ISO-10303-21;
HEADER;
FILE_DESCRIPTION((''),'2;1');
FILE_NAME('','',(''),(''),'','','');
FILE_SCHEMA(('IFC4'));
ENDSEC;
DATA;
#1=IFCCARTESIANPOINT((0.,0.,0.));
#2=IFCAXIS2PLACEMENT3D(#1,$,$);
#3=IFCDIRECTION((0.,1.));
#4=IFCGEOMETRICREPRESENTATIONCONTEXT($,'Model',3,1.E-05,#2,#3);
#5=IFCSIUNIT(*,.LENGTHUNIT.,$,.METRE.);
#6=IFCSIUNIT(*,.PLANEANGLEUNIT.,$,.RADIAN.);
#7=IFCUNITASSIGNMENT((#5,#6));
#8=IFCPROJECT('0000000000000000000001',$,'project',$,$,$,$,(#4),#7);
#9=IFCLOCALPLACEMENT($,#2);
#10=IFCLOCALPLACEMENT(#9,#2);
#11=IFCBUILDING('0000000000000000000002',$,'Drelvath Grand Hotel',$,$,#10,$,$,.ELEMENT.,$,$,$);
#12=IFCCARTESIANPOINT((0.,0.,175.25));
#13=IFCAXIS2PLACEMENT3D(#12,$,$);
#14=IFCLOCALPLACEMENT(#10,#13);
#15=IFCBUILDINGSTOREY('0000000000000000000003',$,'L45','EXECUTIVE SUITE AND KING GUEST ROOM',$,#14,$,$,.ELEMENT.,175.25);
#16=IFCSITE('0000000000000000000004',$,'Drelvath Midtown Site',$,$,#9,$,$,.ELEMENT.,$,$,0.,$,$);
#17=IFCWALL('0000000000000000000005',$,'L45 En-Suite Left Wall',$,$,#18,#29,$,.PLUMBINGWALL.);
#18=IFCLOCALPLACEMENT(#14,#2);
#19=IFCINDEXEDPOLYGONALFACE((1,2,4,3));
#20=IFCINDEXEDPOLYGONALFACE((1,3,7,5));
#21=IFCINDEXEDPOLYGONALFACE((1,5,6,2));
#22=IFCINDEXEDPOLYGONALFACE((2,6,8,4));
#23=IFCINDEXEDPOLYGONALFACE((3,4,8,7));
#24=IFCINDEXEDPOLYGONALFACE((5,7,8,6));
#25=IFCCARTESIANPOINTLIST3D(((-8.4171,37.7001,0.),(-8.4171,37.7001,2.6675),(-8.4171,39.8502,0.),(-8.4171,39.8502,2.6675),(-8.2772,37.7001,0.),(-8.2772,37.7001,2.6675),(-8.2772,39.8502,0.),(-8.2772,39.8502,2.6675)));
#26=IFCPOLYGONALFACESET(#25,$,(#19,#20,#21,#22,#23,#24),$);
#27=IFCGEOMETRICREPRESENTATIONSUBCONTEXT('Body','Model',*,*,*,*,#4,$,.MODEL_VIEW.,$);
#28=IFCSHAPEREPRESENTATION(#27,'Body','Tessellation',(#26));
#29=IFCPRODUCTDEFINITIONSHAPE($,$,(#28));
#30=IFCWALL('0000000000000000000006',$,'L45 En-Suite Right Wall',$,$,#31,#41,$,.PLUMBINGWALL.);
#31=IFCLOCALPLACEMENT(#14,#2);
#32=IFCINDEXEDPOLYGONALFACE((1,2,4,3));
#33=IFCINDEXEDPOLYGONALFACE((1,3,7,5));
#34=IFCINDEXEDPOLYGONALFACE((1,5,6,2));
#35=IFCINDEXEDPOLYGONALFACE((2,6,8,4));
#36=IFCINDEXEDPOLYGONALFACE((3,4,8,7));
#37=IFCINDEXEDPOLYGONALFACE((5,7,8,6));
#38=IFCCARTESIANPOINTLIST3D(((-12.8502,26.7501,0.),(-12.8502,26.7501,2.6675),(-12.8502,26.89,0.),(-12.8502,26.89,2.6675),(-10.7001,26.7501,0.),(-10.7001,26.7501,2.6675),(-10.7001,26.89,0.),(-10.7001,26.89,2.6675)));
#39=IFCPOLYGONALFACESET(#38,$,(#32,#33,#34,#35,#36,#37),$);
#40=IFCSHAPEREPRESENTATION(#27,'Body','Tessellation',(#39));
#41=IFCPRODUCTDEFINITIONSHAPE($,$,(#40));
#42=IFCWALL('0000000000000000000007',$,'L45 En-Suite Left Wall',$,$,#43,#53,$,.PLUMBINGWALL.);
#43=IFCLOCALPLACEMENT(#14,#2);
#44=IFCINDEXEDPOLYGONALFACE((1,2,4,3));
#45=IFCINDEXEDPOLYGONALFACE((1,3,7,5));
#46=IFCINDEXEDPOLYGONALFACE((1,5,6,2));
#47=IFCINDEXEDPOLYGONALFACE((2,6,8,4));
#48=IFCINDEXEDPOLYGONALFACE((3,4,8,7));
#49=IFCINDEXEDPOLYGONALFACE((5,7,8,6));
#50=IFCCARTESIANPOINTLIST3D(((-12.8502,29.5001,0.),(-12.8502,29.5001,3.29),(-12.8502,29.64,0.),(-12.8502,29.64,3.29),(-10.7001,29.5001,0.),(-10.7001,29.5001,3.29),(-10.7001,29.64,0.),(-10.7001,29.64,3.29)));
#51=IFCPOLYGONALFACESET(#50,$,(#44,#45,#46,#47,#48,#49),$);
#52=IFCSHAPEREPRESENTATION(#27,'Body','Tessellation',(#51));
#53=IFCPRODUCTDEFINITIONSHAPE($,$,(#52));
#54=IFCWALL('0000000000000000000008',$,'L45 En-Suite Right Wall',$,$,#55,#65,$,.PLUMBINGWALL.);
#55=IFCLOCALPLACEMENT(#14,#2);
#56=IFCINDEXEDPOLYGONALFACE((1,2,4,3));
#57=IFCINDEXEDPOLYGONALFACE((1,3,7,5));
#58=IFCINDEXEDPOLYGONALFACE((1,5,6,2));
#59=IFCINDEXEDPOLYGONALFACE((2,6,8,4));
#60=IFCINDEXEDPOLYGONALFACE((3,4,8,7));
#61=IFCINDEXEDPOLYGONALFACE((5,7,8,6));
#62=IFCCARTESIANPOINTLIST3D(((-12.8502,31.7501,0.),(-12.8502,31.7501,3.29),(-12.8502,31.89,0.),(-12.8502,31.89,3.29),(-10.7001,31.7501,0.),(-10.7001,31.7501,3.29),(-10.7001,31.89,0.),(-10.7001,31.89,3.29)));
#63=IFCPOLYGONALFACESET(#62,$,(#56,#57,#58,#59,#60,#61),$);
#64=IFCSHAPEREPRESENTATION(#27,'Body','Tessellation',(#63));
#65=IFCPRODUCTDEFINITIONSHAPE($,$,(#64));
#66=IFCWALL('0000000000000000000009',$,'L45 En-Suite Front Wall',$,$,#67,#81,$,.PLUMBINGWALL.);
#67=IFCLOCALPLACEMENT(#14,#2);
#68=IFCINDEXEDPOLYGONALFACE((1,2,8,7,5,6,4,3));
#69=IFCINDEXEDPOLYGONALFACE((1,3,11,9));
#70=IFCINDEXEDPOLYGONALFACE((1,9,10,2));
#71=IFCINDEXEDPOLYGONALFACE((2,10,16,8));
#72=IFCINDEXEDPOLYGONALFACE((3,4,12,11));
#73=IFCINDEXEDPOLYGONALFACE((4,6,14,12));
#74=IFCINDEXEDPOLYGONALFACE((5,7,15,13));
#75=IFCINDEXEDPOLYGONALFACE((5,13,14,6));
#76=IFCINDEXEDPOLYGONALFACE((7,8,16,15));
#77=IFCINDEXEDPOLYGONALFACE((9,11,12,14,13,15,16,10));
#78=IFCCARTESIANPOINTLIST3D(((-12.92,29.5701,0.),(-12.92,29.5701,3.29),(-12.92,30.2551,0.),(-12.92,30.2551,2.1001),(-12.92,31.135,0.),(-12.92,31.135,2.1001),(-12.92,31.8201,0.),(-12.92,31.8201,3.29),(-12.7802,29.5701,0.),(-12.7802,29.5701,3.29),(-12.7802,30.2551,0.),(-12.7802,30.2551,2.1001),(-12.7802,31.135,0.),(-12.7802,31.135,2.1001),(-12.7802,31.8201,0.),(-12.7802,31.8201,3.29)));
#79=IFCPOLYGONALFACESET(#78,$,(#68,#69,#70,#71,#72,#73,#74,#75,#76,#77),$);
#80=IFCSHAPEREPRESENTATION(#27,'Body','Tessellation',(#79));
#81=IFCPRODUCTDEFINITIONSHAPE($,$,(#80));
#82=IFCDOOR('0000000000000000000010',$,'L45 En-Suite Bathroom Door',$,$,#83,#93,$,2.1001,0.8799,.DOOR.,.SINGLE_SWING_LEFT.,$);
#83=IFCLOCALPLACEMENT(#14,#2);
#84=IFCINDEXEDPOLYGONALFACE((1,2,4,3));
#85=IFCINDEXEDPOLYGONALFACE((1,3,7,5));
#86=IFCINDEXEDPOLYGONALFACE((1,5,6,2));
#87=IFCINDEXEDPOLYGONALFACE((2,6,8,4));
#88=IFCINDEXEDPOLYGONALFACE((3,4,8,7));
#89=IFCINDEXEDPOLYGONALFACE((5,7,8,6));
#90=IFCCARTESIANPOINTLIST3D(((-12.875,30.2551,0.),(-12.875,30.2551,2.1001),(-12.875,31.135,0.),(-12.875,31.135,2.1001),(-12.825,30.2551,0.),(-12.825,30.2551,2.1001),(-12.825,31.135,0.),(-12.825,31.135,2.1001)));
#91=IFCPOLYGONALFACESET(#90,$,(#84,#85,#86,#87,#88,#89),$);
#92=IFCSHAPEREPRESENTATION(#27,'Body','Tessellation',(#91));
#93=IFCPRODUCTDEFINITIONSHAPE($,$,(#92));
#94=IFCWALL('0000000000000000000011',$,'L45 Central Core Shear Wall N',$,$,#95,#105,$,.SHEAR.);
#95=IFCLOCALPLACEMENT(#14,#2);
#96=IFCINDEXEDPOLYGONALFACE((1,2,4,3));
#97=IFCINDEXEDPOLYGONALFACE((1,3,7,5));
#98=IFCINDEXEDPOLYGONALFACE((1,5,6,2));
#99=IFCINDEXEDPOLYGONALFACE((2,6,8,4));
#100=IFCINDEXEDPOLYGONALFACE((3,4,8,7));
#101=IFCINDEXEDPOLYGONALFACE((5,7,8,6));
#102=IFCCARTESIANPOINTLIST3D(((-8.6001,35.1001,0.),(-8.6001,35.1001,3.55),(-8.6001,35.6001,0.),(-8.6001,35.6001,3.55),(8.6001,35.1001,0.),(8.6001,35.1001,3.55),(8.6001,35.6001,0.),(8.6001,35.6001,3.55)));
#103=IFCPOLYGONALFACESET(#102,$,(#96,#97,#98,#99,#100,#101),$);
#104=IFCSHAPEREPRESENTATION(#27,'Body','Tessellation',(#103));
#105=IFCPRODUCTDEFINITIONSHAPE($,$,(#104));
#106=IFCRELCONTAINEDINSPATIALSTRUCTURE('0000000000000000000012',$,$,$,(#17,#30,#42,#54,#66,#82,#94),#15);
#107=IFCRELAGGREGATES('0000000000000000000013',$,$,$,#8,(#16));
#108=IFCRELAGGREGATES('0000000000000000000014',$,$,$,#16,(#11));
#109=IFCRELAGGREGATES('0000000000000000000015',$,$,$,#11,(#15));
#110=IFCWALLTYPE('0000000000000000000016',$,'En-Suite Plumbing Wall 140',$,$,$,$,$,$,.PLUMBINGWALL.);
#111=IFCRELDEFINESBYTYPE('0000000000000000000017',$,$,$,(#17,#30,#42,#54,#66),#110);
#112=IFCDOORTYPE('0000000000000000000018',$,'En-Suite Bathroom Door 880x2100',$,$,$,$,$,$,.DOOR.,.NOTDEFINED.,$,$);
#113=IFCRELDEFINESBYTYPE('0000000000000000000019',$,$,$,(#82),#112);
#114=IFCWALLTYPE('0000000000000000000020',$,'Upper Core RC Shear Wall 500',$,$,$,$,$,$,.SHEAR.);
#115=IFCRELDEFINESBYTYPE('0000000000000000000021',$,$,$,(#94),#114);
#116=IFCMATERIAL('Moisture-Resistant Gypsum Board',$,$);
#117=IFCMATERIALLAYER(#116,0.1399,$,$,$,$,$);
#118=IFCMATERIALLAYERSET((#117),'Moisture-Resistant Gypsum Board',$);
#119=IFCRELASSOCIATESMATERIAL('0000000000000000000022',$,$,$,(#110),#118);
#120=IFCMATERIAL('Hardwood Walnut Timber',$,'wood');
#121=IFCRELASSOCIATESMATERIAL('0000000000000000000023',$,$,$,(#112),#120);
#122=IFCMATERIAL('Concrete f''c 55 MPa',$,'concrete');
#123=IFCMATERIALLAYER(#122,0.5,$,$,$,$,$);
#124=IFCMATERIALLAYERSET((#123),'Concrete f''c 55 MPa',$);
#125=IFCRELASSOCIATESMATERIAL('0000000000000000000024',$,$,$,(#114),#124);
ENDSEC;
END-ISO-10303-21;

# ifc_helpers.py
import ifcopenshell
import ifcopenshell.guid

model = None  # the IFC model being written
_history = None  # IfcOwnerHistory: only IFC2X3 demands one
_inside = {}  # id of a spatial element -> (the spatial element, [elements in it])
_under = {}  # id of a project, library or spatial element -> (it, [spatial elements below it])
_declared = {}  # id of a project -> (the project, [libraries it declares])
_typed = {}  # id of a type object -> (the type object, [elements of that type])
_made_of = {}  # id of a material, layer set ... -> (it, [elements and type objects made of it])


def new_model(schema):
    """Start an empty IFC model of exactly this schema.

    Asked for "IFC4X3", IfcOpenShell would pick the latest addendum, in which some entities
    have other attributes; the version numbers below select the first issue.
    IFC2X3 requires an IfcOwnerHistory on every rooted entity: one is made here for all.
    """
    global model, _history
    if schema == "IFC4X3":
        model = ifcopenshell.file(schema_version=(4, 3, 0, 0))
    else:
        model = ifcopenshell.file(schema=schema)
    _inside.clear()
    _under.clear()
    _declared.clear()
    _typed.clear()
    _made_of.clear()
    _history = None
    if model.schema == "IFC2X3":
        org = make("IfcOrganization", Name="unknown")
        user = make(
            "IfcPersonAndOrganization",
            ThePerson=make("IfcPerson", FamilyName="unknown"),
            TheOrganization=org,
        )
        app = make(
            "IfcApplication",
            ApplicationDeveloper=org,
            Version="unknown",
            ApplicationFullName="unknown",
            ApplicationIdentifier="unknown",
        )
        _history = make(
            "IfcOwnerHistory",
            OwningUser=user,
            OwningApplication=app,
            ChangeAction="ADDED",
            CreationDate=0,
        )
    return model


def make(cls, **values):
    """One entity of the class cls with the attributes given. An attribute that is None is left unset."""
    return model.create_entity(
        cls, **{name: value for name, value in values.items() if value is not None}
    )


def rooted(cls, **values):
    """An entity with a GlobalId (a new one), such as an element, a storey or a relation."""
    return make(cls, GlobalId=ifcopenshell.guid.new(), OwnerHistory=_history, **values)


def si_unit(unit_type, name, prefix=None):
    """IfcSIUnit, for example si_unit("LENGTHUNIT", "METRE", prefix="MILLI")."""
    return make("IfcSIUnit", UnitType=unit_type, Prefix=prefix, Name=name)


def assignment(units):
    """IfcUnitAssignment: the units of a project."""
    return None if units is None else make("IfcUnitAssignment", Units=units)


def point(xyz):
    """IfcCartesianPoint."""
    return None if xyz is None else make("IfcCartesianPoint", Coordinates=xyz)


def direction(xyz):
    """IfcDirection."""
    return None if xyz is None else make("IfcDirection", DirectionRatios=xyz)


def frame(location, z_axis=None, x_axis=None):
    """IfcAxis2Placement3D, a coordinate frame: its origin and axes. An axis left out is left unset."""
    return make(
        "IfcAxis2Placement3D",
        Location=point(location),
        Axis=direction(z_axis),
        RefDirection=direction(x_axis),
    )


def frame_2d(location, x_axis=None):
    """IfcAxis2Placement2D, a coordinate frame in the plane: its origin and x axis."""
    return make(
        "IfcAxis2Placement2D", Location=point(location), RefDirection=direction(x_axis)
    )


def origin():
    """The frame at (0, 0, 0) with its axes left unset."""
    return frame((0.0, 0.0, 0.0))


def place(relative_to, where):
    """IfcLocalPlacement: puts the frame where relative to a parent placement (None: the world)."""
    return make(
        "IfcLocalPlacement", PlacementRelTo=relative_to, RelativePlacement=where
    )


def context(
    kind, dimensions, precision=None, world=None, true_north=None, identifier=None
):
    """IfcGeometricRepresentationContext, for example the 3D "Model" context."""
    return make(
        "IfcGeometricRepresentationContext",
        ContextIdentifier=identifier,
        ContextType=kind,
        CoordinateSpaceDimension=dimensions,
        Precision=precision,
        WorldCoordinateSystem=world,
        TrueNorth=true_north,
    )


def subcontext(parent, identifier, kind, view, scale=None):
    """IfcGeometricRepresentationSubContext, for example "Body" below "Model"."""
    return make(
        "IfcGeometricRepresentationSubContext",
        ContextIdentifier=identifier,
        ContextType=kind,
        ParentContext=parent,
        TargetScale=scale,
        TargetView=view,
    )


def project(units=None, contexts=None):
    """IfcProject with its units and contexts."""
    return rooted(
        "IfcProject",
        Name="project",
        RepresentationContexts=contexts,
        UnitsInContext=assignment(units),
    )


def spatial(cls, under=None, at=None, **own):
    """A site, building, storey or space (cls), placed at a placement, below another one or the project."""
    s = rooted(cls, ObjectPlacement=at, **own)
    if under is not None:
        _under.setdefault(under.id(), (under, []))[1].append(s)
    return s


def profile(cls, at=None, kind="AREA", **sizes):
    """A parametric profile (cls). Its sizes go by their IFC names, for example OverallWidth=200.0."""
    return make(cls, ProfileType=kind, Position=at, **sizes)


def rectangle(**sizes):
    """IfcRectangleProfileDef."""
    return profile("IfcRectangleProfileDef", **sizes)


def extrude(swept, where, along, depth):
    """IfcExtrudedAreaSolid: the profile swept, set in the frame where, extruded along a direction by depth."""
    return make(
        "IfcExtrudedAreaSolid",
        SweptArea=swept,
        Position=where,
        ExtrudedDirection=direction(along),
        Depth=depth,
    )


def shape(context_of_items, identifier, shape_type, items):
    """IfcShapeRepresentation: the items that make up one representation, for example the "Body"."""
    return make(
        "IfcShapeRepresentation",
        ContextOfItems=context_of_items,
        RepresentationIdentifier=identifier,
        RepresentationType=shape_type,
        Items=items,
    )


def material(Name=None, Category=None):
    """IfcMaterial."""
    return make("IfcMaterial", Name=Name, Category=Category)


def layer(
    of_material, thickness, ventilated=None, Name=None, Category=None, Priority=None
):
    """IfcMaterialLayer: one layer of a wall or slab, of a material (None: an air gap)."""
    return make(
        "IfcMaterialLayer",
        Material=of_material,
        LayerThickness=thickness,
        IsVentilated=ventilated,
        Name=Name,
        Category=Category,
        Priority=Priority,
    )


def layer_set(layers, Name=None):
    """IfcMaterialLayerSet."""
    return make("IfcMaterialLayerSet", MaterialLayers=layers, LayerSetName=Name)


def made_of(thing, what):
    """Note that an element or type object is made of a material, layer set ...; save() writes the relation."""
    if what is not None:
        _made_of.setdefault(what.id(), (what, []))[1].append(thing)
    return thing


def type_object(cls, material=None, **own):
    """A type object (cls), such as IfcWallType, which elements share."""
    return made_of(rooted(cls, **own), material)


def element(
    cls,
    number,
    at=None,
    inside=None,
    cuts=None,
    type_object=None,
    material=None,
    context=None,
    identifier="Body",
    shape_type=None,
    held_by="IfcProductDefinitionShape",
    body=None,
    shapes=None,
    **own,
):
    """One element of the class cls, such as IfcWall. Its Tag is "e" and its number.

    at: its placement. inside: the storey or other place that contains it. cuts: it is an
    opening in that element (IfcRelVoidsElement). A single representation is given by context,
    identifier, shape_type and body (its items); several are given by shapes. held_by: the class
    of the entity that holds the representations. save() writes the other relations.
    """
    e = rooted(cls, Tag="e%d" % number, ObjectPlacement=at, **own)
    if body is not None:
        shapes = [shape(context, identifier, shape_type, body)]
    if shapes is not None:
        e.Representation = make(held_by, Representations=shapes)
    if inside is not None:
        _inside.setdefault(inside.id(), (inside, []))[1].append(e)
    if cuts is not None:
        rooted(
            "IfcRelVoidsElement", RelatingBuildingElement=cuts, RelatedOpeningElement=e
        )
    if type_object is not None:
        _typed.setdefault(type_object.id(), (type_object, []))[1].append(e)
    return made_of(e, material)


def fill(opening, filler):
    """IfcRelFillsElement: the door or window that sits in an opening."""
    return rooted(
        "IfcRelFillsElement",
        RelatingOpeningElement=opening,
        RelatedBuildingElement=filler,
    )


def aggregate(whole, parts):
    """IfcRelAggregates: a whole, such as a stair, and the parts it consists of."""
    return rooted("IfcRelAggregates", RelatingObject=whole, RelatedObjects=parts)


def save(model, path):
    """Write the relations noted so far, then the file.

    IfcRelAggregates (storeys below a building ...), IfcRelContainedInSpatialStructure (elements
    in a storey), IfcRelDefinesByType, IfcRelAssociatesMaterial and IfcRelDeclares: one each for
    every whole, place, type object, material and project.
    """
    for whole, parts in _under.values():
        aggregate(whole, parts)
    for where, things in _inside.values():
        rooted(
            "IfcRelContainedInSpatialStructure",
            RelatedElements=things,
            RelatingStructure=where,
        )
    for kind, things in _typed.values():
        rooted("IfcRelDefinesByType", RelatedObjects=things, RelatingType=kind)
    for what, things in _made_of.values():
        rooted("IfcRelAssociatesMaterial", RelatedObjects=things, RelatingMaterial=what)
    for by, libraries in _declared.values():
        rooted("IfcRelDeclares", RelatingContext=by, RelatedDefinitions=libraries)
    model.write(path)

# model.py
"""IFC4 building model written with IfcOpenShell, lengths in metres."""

from ifc_helpers import new_model, si_unit, direction, frame, frame_2d, origin, place, context, subcontext, project, spatial, rectangle, extrude, material, layer, layer_set, type_object, element, fill, save


model = new_model("IFC4")

# Units and contexts
model_context = context("Model", 3, precision=1e-05, world=origin(), true_north=direction((0.0, 1.0)))
body_context = subcontext(model_context, "Body", "Model", "MODEL_VIEW")
ifc_project = project(units=[si_unit("LENGTHUNIT", "METRE"), si_unit("PLANEANGLEUNIT", "RADIAN")], contexts=[model_context])

# Site, building, storey
site_placement = place(None, origin())
site = spatial("IfcSite", under=ifc_project, at=site_placement, Name="Drelvath Midtown Site", CompositionType="ELEMENT", RefElevation=0.0)
building_placement = place(site_placement, origin())
building = spatial("IfcBuilding", under=site, at=building_placement, Name="Drelvath Grand Hotel", CompositionType="ELEMENT")
storey_placement = place(building_placement, frame((0.0, 0.0, 175.25)))
storey = spatial("IfcBuildingStorey", under=building, at=storey_placement, Name="L45", Description="EXECUTIVE SUITE AND KING GUEST ROOM", CompositionType="ELEMENT", Elevation=175.25)

# Shared definitions
ifc_material_1 = material(Name="Concrete f'c 55 MPa", Category="concrete")

# Walls
ifc_material_2 = material(Name="Moisture-Resistant Gypsum Board")
ifc_layer_1 = layer(ifc_material_2, 0.1399)
ifc_layer_set_1 = layer_set([ifc_layer_1], Name="Moisture-Resistant Gypsum Board")
wall_type_1 = type_object("IfcWallType", Name="En-Suite Plumbing Wall 140", PredefinedType="PLUMBINGWALL", material=ifc_layer_set_1)
for number, where, z_axis, x_axis, name in (
    (1, (-8.3472, 37.7, 0.0), (0.0, 0.0, 1.0), (0.0, 1.0, 0.0), "L45 En-Suite Left Wall"),
    (2, (-10.7, 26.8201, 0.0), (0.0, 0.0, 1.0), (-1.0, 0.0, 0.0), "L45 En-Suite Right Wall"),
):
    element("IfcWall", number, at=place(storey_placement, frame(where, z_axis=z_axis, x_axis=x_axis)), inside=storey, type_object=wall_type_1, Name=name, PredefinedType="PLUMBINGWALL", context=body_context, shape_type="SweptSolid", body=[
        extrude(rectangle(XDim=2.1501, YDim=0.1399, at=frame_2d((1.0752, 0.0))), origin(), (0.0, 0.0, 1.0), 2.6675),
    ])
for number, where, z_axis, x_axis, name in (
    (3, (-10.7, 29.5701, 0.0), (0.0, 0.0, 1.0), (-1.0, 0.0, 0.0), "L45 En-Suite Left Wall"),
    (4, (-10.7, 31.8201, 0.0), (0.0, 0.0, 1.0), (-1.0, 0.0, 0.0), "L45 En-Suite Right Wall"),
):
    element("IfcWall", number, at=place(storey_placement, frame(where, z_axis=z_axis, x_axis=x_axis)), inside=storey, type_object=wall_type_1, Name=name, PredefinedType="PLUMBINGWALL", context=body_context, shape_type="SweptSolid", body=[
        extrude(rectangle(XDim=2.1501, YDim=0.1399, at=frame_2d((1.0752, 0.0))), origin(), (0.0, 0.0, 1.0), 3.29),
    ])

# Wall, opening, door
wall_1_placement = place(storey_placement, frame((-12.8501, 29.5701, 0.0), z_axis=(0.0, 0.0, 1.0), x_axis=(0.0, 1.0, 0.0)))
wall_1 = element("IfcWall", 5, at=wall_1_placement, inside=storey, type_object=wall_type_1, Name="L45 En-Suite Front Wall", PredefinedType="PLUMBINGWALL", context=body_context, shape_type="SweptSolid", body=[
    extrude(rectangle(XDim=2.25, YDim=0.1399, at=frame_2d((1.125, 0.0))), origin(), (0.0, 0.0, 1.0), 3.29),
])
opening_1_placement = place(wall_1_placement, frame((0.6851, 0.0, 0.0)))
opening_1 = element("IfcOpeningElement", 6, at=opening_1_placement, cuts=wall_1, PredefinedType="OPENING", context=body_context, shape_type="SweptSolid", body=[
    extrude(rectangle(XDim=0.8799, YDim=2.1001, at=frame_2d((0.4399, 1.05))), frame((0.0, 0.0798, 0.0), z_axis=(0.0, -1.0, 0.0), x_axis=(1.0, 0.0, 0.0)), (0.0, 0.0, 1.0), 0.1599),
])
ifc_material_3 = material(Name="Hardwood Walnut Timber", Category="wood")
door_type_1 = type_object("IfcDoorType", Name="En-Suite Bathroom Door 880x2100", OperationType="NOTDEFINED", PredefinedType="DOOR", material=ifc_material_3)
door_1_placement = place(opening_1_placement, origin())
door_1 = element("IfcDoor", 7, at=door_1_placement, inside=storey, type_object=door_type_1, Name="L45 En-Suite Bathroom Door", OperationType="SINGLE_SWING_LEFT", OverallHeight=2.1001, OverallWidth=0.8799, PredefinedType="DOOR", context=body_context, shape_type="SweptSolid", body=[
    extrude(rectangle(XDim=0.8799, YDim=2.1001, at=frame_2d((0.4399, 1.05))), frame((0.0, 0.0249, 0.0), z_axis=(0.0, -1.0, 0.0), x_axis=(1.0, 0.0, 0.0)), (0.0, 0.0, 1.0), 0.05),
])
fill(opening_1, door_1)

# Wall
ifc_layer_2 = layer(ifc_material_1, 0.5)
ifc_layer_set_2 = layer_set([ifc_layer_2], Name="Concrete f'c 55 MPa")
wall_type_2 = type_object("IfcWallType", Name="Upper Core RC Shear Wall 500", PredefinedType="SHEAR", material=ifc_layer_set_2)
wall_2_placement = place(storey_placement, frame((-8.6001, 35.3501, 0.0), z_axis=(0.0, 0.0, 1.0), x_axis=(1.0, 0.0, 0.0)))
element("IfcWall", 8, at=wall_2_placement, inside=storey, type_object=wall_type_2, Name="L45 Central Core Shear Wall N", PredefinedType="SHEAR", context=body_context, shape_type="SweptSolid", body=[
    extrude(rectangle(XDim=17.2002, YDim=0.5, at=frame_2d((8.6001, 0.0))), origin(), (0.0, 0.0, 1.0), 3.55),
])

save(model, "model.ifc")
